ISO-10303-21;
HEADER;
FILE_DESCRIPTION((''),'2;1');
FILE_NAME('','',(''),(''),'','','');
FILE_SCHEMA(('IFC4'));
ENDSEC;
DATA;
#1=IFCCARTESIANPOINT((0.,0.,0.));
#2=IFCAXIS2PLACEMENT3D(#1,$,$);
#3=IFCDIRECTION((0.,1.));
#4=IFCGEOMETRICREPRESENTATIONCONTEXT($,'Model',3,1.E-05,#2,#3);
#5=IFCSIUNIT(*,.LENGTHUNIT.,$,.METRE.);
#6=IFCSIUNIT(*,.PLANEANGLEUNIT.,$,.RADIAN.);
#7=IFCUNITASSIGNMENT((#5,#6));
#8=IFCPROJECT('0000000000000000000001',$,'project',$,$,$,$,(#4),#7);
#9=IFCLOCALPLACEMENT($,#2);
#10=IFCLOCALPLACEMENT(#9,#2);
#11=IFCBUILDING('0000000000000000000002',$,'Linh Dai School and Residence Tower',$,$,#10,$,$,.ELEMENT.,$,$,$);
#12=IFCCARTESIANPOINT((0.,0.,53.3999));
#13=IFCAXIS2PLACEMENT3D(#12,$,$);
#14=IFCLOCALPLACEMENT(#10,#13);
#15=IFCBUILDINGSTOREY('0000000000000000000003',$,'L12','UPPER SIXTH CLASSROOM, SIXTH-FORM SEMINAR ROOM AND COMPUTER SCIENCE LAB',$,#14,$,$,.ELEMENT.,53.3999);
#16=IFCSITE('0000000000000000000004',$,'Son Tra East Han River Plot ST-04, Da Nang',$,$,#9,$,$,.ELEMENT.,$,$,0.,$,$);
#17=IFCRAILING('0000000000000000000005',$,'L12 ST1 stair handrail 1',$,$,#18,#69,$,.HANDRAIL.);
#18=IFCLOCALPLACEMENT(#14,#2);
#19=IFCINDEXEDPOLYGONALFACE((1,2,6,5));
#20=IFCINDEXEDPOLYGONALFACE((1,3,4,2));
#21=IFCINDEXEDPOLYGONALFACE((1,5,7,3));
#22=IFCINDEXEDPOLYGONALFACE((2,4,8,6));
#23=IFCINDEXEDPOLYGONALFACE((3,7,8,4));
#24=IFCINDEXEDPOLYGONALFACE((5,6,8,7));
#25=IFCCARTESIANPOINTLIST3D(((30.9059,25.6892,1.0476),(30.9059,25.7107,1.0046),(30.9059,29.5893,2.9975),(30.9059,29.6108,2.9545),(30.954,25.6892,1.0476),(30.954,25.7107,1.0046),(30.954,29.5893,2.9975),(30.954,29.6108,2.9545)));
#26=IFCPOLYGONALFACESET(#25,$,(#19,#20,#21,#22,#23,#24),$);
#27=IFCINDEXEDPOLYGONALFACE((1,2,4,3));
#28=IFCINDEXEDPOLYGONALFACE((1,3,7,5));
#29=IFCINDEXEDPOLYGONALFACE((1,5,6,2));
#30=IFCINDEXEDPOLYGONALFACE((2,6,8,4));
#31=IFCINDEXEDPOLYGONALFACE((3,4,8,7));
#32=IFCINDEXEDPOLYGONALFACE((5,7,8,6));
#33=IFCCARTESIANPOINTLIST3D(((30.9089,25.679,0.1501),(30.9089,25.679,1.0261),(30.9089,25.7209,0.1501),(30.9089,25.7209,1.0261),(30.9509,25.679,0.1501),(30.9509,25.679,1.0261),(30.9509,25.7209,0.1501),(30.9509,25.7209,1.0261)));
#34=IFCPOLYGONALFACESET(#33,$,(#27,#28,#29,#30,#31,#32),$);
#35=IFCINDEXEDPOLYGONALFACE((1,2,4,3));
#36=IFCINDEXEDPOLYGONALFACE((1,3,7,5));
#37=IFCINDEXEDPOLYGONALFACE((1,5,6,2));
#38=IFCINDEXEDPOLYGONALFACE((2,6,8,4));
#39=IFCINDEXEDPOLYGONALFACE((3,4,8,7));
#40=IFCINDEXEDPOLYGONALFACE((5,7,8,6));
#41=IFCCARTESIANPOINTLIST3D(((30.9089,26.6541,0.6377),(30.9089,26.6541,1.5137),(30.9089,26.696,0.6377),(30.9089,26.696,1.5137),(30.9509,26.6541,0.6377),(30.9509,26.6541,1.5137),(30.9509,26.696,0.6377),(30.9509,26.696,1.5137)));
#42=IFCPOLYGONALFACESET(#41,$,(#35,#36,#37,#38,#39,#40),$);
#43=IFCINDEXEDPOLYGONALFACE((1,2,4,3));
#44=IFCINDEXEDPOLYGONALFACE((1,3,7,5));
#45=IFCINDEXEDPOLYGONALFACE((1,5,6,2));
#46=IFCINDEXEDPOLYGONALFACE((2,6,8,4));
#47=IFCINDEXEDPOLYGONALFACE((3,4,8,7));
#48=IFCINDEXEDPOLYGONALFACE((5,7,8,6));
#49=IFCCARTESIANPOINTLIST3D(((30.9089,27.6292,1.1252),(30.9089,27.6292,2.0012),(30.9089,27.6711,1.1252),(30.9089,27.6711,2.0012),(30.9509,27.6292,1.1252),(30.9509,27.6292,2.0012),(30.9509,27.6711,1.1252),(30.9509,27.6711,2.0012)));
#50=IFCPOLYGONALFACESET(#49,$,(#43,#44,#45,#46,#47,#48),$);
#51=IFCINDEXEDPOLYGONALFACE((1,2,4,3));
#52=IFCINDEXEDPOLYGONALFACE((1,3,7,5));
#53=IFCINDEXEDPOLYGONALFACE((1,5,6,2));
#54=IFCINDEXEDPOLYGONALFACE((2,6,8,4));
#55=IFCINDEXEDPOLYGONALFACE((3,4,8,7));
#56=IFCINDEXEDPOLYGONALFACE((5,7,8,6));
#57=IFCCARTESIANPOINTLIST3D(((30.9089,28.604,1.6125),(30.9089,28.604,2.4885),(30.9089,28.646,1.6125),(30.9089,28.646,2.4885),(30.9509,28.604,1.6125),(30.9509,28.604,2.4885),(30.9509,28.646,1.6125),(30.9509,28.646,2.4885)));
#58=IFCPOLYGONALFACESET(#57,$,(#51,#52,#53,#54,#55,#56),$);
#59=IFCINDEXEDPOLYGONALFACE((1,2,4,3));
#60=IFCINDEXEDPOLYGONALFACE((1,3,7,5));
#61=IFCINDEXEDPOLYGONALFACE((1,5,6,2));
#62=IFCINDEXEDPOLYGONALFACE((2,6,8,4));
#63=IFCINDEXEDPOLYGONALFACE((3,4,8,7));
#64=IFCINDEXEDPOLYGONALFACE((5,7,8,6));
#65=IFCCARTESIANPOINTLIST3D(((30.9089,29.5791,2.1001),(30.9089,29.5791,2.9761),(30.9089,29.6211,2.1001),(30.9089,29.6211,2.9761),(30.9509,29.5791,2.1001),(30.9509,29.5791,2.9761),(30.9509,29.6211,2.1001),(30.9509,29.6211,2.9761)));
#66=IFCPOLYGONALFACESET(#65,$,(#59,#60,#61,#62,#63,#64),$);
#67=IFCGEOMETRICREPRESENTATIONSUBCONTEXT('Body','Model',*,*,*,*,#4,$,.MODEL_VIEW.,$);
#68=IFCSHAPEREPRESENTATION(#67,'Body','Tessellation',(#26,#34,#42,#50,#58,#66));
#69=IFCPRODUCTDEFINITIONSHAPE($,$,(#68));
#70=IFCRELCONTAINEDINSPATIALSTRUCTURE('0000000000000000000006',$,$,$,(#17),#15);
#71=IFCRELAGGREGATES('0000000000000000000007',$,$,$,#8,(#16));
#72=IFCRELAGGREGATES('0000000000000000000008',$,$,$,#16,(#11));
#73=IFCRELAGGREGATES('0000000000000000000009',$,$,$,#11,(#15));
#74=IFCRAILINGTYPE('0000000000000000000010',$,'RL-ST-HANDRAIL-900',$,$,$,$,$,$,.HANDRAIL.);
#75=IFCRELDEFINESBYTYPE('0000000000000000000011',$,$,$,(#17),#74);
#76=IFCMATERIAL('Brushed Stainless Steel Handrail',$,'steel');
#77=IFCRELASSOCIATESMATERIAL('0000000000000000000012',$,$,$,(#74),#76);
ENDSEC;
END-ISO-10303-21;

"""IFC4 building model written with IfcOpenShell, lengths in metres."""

from ifc_helpers import new_model, si_unit, direction, frame, origin, origin_2d, place, context, subcontext, project, spatial, rectangle, extrude, source, transform, mapped, material, type_object, element, save


model = new_model("IFC4")

# Units and contexts
model_context = context("Model", 3, precision=1e-05, world=origin(), true_north=direction((0.0, 1.0)))
body_context = subcontext(model_context, "Body", "Model", "MODEL_VIEW")
ifc_project = project(units=[si_unit("LENGTHUNIT", "METRE"), si_unit("PLANEANGLEUNIT", "RADIAN")], contexts=[model_context])

# Site, building, storey
site_placement = place(None, origin())
site = spatial("IfcSite", under=ifc_project, at=site_placement, Name="Son Tra East Han River Plot ST-04, Da Nang", CompositionType="ELEMENT", RefElevation=0.0)
building_placement = place(site_placement, origin())
building = spatial("IfcBuilding", under=site, at=building_placement, Name="Linh Dai School and Residence Tower", CompositionType="ELEMENT")
storey_placement = place(building_placement, frame((0.0, 0.0, 53.3999)))
storey = spatial("IfcBuildingStorey", under=building, at=storey_placement, Name="L12", Description="UPPER SIXTH CLASSROOM, SIXTH-FORM SEMINAR ROOM AND COMPUTER SCIENCE LAB", CompositionType="ELEMENT", Elevation=53.3999)

# Railing
ifc_material_1 = material(Name="Brushed Stainless Steel Handrail", Category="steel")
railing_type_1 = type_object("IfcRailingType", Name="RL-ST-HANDRAIL-900", PredefinedType="HANDRAIL", material=ifc_material_1)
shared_shape_1 = source(origin(), body_context, "Body", "SweptSolid", [
    extrude(rectangle(XDim=0.0481, YDim=0.0481, at=origin_2d()), frame((0.0, 0.0, 0.876), z_axis=(0.0, 0.894438, 0.447191), x_axis=(-1.0, 0.0, 0.0)), (0.0, 0.0, 1.0), 4.3604),
    extrude(rectangle(XDim=0.042, YDim=0.042, at=origin_2d()), origin(), (0.0, 0.0, 1.0), 0.876),
    extrude(rectangle(XDim=0.042, YDim=0.042, at=origin_2d()), frame((0.0, 0.9751, 0.4875)), (0.0, 0.0, 1.0), 0.876),
    extrude(rectangle(XDim=0.042, YDim=0.042, at=origin_2d()), frame((0.0, 1.9502, 0.9751)), (0.0, 0.0, 1.0), 0.876),
    extrude(rectangle(XDim=0.042, YDim=0.042, at=origin_2d()), frame((0.0, 2.925, 1.4624)), (0.0, 0.0, 1.0), 0.876),
    extrude(rectangle(XDim=0.042, YDim=0.042, at=origin_2d()), frame((0.0, 3.9001, 1.95)), (0.0, 0.0, 1.0), 0.876),
])
railing_1_placement = place(storey_placement, frame((30.9299, 25.7, 0.1501)))
element("IfcRailing", 1, at=railing_1_placement, inside=storey, type_object=railing_type_1, Name="L12 ST1 stair handrail 1", PredefinedType="HANDRAIL", context=body_context, shape_type="MappedRepresentation", body=[
    mapped(shared_shape_1, transform((0.0, 0.0, 0.0), x_axis=(1.0, 0.0, 0.0), y_axis=(0.0, 1.0, 0.0), z_axis=(0.0, 0.0, 1.0), scale=1.0)),
])

save(model, "model.ifc")
